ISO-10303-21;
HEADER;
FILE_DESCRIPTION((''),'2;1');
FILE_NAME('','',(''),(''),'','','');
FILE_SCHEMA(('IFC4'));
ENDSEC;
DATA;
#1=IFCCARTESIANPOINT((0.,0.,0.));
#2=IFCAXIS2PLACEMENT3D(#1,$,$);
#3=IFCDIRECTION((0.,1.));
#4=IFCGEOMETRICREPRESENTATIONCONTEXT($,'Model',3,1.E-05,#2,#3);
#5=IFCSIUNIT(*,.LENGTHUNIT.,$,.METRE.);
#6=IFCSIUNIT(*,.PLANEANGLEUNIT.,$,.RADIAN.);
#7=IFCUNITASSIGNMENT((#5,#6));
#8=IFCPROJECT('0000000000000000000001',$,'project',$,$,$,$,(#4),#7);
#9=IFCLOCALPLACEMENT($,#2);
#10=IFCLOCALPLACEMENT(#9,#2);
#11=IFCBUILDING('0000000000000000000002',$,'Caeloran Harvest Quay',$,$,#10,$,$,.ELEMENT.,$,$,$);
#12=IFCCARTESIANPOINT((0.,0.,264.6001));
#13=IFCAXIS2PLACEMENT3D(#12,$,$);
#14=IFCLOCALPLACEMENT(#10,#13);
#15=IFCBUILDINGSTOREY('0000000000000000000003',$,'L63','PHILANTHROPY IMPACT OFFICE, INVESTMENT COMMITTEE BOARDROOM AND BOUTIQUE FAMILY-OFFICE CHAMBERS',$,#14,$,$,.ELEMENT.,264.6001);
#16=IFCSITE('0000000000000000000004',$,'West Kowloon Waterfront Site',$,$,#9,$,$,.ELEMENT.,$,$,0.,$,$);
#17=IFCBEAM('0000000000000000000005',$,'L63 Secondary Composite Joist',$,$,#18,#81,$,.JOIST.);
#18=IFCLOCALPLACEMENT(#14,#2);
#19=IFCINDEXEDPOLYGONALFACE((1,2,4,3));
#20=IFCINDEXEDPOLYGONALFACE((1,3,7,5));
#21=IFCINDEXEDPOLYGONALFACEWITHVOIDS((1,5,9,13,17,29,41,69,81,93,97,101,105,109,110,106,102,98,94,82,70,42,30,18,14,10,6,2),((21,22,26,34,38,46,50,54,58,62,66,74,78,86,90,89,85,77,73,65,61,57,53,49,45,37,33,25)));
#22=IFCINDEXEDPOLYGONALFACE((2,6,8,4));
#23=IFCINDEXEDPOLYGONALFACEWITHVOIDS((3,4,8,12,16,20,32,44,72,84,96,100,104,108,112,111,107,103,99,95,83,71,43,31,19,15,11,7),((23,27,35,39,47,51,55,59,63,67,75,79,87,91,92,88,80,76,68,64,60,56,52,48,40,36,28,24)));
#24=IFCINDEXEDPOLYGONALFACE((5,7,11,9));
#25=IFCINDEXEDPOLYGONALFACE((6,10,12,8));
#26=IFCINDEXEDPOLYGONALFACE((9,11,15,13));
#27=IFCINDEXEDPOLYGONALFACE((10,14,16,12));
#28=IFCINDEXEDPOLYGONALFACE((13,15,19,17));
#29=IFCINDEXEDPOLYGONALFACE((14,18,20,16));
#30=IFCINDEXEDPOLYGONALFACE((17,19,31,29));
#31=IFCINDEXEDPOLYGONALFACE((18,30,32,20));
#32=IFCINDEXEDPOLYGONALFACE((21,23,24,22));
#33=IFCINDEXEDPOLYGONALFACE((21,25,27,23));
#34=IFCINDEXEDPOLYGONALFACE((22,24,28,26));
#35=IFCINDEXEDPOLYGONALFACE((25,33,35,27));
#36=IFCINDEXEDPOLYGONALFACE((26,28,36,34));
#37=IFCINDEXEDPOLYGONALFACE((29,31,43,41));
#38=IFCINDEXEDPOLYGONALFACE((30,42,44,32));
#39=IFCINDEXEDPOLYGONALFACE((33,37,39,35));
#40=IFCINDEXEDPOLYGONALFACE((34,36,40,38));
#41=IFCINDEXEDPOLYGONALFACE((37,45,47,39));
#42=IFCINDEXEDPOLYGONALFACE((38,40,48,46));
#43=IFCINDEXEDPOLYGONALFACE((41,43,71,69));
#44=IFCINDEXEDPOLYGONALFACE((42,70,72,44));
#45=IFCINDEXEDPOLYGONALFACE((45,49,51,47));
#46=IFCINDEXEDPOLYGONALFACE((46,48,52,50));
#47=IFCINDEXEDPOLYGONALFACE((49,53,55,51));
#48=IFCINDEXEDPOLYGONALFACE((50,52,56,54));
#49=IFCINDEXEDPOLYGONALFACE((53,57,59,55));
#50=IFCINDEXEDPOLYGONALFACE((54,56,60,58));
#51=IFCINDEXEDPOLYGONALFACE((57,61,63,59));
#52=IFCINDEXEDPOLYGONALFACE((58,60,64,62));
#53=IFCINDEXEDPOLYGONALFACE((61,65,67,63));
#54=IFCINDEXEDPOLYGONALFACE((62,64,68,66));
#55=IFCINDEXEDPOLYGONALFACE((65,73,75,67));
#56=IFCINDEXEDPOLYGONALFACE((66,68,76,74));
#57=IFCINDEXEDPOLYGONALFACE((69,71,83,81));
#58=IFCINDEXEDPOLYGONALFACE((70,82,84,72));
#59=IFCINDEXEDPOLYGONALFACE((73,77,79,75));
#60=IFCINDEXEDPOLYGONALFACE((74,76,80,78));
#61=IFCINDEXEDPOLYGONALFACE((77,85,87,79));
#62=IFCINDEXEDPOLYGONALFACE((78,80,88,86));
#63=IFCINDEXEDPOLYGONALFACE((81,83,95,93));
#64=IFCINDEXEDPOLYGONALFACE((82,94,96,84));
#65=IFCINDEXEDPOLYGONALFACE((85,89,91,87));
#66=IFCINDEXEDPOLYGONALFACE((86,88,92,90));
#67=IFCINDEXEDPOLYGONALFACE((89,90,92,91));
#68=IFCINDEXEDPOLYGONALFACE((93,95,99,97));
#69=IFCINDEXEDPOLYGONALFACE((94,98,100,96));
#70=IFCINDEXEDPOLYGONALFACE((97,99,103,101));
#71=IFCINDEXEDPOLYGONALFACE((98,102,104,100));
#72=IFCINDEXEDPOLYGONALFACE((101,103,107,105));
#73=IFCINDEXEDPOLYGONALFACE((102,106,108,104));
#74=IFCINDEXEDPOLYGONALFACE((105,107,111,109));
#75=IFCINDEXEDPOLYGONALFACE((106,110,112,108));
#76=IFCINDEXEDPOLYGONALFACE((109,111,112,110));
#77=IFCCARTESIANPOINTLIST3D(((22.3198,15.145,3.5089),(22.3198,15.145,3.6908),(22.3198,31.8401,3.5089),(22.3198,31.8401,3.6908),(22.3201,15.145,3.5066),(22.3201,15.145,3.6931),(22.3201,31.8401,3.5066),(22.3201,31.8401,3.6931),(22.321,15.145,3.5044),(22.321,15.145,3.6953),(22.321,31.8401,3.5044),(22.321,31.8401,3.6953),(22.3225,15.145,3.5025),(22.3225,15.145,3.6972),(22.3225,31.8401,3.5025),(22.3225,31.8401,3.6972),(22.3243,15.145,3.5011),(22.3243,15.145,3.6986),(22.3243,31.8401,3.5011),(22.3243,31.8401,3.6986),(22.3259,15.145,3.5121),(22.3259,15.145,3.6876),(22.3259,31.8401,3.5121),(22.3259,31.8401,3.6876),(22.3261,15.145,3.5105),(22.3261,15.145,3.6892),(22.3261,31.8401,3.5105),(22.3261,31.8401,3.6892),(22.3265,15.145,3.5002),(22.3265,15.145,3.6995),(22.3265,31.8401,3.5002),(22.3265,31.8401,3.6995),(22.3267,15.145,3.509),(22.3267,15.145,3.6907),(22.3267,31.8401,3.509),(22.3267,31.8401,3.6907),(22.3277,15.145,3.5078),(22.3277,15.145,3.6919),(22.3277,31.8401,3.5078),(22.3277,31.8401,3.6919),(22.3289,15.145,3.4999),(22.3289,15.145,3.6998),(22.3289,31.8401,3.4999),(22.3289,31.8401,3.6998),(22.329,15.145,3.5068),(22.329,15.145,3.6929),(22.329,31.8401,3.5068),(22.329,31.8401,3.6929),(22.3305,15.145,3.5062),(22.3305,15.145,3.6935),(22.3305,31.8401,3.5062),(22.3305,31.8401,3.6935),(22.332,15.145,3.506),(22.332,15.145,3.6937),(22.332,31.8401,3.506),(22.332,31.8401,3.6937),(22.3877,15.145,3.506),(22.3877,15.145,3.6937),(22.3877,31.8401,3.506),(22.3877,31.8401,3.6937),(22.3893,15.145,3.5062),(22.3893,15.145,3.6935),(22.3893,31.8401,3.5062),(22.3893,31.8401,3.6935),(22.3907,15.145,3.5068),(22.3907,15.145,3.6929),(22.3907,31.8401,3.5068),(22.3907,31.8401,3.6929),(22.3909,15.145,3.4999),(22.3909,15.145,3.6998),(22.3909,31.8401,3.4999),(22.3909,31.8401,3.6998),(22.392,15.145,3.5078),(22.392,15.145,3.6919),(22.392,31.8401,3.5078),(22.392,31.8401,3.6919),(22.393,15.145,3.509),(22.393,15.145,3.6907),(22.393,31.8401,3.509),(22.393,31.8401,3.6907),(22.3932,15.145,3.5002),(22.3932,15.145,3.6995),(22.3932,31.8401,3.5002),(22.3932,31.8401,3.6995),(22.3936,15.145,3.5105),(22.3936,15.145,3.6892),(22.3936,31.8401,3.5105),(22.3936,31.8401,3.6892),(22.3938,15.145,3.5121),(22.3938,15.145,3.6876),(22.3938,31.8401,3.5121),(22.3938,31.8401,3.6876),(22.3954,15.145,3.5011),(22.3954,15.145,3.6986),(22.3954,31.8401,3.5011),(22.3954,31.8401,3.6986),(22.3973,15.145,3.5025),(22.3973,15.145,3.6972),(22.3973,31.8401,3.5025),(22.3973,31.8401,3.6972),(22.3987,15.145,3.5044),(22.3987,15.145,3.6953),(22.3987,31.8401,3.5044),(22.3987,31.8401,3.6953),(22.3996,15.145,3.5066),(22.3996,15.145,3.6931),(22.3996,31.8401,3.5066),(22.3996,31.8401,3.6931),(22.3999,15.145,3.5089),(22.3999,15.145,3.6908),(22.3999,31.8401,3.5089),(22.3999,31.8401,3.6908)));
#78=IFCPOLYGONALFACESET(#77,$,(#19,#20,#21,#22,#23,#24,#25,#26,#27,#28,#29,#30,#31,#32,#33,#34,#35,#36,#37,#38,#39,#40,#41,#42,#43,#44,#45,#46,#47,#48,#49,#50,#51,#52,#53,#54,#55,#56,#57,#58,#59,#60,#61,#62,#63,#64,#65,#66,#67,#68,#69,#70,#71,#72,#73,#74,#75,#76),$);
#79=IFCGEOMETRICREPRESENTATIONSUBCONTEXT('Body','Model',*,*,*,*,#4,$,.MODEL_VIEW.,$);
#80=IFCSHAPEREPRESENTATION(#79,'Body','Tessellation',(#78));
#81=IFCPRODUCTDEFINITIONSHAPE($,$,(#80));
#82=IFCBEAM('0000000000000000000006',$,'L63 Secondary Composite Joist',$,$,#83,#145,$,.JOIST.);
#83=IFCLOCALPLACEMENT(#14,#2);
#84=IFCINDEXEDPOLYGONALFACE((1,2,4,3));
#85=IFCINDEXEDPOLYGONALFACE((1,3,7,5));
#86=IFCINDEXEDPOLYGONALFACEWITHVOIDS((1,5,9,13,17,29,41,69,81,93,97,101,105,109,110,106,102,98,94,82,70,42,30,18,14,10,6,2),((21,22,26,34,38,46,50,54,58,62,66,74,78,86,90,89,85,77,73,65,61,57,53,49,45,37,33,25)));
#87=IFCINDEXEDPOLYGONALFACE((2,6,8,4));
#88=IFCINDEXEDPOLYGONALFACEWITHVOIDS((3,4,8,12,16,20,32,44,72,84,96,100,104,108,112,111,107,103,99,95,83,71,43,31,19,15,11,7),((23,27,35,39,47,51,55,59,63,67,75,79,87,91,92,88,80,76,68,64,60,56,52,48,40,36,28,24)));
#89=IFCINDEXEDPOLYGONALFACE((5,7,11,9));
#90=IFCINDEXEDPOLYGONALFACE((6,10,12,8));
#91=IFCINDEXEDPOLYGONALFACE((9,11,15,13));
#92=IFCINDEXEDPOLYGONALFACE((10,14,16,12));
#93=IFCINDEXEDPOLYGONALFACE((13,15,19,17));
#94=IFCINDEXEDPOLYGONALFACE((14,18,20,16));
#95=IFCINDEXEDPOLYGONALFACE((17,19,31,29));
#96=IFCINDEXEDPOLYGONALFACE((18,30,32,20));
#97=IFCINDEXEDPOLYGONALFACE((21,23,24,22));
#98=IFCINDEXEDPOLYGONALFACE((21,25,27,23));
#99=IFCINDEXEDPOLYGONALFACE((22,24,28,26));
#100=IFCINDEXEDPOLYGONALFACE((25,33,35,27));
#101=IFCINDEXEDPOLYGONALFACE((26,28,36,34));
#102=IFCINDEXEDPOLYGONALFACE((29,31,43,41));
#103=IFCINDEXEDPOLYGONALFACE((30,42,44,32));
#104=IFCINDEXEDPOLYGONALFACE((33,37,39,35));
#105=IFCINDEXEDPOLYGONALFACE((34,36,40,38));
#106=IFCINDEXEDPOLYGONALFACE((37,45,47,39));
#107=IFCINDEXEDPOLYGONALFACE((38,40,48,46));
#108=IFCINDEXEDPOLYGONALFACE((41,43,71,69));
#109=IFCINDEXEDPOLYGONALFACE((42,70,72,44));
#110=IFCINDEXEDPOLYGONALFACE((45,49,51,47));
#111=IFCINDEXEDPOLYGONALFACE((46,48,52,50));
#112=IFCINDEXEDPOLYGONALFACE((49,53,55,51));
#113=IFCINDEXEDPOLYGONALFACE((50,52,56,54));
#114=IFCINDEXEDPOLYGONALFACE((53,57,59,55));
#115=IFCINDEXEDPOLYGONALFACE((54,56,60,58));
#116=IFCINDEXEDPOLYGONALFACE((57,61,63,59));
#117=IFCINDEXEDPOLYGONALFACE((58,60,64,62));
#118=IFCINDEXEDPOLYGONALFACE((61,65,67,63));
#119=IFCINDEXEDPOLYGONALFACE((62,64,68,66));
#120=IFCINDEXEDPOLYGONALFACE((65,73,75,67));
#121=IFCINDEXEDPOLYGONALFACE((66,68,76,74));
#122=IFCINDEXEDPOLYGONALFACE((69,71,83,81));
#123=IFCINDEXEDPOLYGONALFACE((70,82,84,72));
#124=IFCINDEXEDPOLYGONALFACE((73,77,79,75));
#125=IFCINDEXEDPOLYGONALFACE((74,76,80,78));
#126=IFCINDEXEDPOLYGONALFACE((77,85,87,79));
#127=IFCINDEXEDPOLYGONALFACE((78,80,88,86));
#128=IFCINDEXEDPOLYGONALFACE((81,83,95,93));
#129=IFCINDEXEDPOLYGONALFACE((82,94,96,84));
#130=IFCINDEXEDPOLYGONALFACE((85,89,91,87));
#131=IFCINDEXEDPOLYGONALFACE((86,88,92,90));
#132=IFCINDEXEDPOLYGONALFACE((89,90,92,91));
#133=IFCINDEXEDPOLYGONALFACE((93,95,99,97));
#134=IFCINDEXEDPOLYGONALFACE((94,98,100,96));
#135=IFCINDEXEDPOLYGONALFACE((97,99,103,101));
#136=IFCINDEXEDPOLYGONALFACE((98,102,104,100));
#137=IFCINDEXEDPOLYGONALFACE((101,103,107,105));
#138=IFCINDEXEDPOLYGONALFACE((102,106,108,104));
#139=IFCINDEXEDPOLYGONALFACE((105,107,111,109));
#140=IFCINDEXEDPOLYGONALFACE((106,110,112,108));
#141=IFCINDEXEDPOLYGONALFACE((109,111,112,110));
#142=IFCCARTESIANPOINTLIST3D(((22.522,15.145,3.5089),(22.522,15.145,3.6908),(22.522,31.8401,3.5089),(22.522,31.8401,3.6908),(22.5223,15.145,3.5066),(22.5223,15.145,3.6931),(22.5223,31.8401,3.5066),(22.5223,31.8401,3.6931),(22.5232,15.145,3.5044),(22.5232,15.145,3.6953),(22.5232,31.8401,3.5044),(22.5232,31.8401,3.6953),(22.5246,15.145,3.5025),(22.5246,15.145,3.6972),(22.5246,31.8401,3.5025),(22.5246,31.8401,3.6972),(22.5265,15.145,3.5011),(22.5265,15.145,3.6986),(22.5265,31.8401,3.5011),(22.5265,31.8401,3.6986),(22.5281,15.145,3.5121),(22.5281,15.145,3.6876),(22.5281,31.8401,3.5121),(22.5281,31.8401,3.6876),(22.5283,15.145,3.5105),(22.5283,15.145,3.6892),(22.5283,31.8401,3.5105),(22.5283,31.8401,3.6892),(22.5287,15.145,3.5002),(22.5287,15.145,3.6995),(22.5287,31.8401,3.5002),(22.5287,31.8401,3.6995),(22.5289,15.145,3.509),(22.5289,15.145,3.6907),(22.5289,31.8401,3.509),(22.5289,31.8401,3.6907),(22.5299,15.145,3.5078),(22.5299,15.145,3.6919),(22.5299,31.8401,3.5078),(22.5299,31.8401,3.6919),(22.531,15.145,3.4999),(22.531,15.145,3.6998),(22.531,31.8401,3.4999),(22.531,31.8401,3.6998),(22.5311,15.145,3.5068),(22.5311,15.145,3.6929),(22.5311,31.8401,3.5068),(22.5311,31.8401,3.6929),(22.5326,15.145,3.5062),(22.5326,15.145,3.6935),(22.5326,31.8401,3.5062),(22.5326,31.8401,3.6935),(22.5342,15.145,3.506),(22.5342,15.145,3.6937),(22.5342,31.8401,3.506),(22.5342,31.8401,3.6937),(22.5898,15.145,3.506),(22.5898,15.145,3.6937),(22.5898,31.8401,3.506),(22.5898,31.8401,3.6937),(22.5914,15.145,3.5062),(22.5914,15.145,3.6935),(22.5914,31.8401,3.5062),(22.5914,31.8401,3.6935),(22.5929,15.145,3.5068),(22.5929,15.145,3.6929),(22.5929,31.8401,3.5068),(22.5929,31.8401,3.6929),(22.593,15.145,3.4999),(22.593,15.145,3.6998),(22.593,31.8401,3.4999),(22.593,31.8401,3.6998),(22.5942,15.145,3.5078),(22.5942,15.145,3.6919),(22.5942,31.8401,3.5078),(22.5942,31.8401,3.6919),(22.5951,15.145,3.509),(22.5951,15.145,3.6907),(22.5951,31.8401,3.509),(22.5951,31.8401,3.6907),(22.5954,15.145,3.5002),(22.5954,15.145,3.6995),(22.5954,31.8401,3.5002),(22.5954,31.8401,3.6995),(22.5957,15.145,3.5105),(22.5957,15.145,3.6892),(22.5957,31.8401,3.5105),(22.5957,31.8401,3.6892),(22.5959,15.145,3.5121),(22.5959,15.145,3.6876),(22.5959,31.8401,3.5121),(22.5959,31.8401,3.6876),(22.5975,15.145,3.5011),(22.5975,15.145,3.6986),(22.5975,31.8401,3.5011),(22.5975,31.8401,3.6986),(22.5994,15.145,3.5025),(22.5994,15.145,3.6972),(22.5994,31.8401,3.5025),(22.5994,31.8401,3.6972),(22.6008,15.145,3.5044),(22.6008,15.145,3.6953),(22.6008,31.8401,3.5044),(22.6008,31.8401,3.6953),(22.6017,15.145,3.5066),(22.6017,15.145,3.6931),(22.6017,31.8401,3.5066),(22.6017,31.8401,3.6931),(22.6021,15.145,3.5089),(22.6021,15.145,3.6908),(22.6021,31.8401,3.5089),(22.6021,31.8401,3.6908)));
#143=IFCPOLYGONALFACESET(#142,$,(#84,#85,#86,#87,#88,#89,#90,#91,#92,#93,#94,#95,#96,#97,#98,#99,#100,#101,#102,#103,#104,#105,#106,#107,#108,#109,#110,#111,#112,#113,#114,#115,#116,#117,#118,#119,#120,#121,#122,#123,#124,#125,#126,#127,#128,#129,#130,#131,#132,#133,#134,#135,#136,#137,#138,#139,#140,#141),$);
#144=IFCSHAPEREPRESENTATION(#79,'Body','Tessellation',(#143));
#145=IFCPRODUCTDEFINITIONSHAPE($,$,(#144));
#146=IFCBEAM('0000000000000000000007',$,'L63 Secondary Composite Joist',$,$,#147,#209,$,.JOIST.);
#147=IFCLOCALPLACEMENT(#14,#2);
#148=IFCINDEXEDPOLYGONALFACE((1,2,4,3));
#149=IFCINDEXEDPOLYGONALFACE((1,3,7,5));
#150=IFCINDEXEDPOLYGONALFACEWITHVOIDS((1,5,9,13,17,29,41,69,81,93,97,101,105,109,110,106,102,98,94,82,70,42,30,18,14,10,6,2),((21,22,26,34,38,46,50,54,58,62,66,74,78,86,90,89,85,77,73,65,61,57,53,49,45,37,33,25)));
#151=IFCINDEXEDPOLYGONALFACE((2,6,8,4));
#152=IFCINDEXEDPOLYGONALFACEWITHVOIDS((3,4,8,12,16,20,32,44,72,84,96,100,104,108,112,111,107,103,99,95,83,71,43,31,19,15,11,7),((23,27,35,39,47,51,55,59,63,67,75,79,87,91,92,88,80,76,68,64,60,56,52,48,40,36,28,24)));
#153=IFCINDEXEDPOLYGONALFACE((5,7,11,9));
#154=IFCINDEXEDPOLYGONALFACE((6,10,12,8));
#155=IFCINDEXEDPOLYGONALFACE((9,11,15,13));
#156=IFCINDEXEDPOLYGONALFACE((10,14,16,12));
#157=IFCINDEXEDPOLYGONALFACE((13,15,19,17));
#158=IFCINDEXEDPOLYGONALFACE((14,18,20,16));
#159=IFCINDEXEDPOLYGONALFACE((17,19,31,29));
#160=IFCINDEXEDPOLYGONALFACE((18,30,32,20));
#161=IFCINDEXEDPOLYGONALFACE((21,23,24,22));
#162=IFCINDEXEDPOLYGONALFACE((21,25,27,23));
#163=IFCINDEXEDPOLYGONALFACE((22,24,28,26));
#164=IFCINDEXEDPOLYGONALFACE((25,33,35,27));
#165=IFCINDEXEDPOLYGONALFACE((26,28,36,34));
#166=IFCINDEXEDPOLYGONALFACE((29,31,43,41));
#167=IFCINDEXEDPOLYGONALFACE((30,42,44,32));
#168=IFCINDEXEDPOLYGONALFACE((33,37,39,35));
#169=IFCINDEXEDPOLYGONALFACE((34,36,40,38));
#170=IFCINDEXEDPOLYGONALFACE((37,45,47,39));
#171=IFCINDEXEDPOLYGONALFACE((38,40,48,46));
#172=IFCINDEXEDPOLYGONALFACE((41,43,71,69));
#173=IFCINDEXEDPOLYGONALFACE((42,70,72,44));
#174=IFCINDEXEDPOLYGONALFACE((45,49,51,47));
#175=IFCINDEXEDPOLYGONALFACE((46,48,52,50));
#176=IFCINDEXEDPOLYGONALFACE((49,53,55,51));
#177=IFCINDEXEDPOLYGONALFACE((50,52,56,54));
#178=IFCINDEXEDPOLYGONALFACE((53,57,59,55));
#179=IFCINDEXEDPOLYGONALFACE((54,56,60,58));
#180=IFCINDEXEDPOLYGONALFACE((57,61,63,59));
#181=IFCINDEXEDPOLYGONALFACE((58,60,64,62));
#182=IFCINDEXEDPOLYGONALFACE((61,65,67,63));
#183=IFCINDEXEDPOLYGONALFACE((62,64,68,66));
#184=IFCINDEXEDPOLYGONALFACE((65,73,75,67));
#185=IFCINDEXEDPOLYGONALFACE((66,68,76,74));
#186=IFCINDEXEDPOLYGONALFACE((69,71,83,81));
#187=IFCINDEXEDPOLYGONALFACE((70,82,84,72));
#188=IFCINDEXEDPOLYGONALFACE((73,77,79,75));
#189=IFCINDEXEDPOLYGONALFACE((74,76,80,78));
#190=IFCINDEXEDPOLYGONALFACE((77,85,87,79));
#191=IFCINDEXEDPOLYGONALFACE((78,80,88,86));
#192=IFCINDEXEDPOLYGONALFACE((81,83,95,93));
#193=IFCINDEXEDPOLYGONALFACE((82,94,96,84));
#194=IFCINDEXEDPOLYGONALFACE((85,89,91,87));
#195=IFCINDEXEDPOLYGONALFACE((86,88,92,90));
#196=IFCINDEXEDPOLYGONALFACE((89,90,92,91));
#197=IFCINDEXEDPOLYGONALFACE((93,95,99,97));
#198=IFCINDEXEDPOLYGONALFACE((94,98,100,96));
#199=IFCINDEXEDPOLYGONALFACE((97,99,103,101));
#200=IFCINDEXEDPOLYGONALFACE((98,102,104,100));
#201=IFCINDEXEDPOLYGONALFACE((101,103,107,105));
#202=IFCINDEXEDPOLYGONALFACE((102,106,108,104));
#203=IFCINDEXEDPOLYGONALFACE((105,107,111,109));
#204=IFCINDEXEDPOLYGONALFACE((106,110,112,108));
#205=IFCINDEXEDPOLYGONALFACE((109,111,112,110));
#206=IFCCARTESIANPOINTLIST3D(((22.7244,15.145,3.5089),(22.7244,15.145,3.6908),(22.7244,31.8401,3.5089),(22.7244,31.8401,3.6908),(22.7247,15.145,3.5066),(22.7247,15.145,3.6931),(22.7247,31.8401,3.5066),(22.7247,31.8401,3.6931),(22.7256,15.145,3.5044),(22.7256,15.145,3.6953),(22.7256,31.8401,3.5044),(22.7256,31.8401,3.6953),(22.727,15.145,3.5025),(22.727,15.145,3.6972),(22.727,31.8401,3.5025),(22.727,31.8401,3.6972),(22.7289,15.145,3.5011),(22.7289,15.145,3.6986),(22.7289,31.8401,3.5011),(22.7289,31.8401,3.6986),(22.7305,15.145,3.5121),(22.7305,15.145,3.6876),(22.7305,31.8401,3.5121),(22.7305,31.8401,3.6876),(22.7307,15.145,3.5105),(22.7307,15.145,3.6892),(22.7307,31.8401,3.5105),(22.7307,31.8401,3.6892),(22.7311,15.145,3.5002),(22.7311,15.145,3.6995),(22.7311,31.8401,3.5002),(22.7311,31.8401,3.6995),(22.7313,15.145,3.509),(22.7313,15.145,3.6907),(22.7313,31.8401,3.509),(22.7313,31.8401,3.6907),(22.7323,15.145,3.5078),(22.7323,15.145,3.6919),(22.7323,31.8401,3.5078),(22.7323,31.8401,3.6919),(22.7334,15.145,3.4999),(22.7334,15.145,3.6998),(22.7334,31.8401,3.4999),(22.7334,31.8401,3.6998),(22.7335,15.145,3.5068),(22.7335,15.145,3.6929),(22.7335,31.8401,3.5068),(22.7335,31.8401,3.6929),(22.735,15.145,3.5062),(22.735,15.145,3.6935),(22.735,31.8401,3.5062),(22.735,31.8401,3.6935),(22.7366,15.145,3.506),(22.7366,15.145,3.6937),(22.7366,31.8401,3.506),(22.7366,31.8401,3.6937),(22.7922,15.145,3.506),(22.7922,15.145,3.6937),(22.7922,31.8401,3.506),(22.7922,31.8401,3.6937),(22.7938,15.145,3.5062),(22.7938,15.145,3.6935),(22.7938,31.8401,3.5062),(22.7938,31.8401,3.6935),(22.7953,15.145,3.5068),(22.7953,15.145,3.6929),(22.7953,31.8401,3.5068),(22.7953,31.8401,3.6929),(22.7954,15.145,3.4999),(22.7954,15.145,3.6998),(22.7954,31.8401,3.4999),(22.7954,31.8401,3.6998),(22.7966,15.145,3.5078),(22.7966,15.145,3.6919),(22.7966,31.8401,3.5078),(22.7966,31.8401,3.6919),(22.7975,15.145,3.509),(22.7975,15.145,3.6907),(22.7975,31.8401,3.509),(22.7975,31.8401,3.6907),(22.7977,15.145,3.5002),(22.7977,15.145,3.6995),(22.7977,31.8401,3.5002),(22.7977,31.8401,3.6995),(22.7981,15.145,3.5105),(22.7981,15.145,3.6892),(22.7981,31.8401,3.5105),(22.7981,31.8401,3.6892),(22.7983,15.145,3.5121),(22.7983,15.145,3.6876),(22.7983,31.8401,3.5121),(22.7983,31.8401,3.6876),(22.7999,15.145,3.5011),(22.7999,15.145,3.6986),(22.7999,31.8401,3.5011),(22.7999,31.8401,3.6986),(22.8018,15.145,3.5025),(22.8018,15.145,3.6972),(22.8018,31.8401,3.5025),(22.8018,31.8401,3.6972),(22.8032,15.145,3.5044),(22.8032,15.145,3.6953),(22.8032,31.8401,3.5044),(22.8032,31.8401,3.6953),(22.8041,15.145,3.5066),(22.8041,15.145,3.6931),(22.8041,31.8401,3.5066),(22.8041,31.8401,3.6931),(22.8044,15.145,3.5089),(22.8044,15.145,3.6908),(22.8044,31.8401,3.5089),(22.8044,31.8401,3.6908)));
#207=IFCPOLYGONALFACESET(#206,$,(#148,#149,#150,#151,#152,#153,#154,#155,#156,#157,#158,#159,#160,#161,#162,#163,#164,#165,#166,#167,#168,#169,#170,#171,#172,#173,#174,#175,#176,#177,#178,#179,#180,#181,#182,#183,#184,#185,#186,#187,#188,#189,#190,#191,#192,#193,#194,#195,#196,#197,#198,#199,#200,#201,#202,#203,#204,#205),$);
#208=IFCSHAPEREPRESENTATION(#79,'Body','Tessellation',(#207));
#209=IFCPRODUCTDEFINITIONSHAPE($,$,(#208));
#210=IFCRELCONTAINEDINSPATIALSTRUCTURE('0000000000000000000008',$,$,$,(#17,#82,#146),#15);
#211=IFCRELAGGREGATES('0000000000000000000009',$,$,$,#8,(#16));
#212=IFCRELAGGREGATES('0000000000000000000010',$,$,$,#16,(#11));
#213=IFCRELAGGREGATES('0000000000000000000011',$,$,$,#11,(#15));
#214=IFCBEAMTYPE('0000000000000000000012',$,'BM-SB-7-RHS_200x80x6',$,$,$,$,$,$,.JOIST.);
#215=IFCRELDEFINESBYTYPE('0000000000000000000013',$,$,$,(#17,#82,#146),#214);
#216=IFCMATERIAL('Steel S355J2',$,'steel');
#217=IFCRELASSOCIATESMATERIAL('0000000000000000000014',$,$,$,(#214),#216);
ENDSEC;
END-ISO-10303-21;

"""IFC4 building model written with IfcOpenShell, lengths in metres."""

from ifc_helpers import new_model, si_unit, direction, frame, origin, origin_2d, place, context, subcontext, project, spatial, hollow_rectangle, extrude, material, material_profile, profile_set, type_object, element, save


model = new_model("IFC4")

# Units and contexts
model_context = context("Model", 3, precision=1e-05, world=origin(), true_north=direction((0.0, 1.0)))
body_context = subcontext(model_context, "Body", "Model", "MODEL_VIEW")
ifc_project = project(units=[si_unit("LENGTHUNIT", "METRE"), si_unit("PLANEANGLEUNIT", "RADIAN")], contexts=[model_context])

# Site, building, storey
site_placement = place(None, origin())
site = spatial("IfcSite", under=ifc_project, at=site_placement, Name="West Kowloon Waterfront Site", CompositionType="ELEMENT", RefElevation=0.0)
building_placement = place(site_placement, origin())
building = spatial("IfcBuilding", under=site, at=building_placement, Name="Caeloran Harvest Quay", CompositionType="ELEMENT")
storey_placement = place(building_placement, frame((0.0, 0.0, 264.6001)))
storey = spatial("IfcBuildingStorey", under=building, at=storey_placement, Name="L63", Description="PHILANTHROPY IMPACT OFFICE, INVESTMENT COMMITTEE BOARDROOM AND BOUTIQUE FAMILY-OFFICE CHAMBERS", CompositionType="ELEMENT", Elevation=264.6001)

# Beams
ifc_material_1 = material(Name="Steel S355J2", Category="steel")
ifc_material_profile_1 = material_profile(ifc_material_1, hollow_rectangle(XDim=0.0801, YDim=0.2, WallThickness=0.0061, InnerFilletRadius=0.0061, OuterFilletRadius=0.009, at=origin_2d()), Name="RHS 200x80x6")
ifc_profile_set_1 = profile_set([ifc_material_profile_1], Name="Steel S355J2")
beam_type_1 = type_object("IfcBeamType", Name="BM-SB-7-RHS_200x80x6", PredefinedType="JOIST", material=ifc_profile_set_1)
for number, where, z_axis, x_axis, name in (
    (1, (22.3599, 15.145, 3.5999), (0.0, 1.0, 0.0), (-1.0, 0.0, 0.0), "L63 Secondary Composite Joist"),
    (2, (22.562, 15.145, 3.5999), (0.0, 1.0, 0.0), (-1.0, 0.0, 0.0), "L63 Secondary Composite Joist"),
    (3, (22.7644, 15.145, 3.5999), (0.0, 1.0, 0.0), (-1.0, 0.0, 0.0), "L63 Secondary Composite Joist"),
):
    element("IfcBeam", number, at=place(storey_placement, frame(where, z_axis=z_axis, x_axis=x_axis)), inside=storey, type_object=beam_type_1, Name=name, PredefinedType="JOIST", context=body_context, shape_type="SweptSolid", body=[
        extrude(hollow_rectangle(XDim=0.0801, YDim=0.2, WallThickness=0.0061, InnerFilletRadius=0.0061, OuterFilletRadius=0.009, at=origin_2d()), origin(), (0.0, 0.0, 1.0), 16.6951),
    ])

save(model, "model.ifc")
